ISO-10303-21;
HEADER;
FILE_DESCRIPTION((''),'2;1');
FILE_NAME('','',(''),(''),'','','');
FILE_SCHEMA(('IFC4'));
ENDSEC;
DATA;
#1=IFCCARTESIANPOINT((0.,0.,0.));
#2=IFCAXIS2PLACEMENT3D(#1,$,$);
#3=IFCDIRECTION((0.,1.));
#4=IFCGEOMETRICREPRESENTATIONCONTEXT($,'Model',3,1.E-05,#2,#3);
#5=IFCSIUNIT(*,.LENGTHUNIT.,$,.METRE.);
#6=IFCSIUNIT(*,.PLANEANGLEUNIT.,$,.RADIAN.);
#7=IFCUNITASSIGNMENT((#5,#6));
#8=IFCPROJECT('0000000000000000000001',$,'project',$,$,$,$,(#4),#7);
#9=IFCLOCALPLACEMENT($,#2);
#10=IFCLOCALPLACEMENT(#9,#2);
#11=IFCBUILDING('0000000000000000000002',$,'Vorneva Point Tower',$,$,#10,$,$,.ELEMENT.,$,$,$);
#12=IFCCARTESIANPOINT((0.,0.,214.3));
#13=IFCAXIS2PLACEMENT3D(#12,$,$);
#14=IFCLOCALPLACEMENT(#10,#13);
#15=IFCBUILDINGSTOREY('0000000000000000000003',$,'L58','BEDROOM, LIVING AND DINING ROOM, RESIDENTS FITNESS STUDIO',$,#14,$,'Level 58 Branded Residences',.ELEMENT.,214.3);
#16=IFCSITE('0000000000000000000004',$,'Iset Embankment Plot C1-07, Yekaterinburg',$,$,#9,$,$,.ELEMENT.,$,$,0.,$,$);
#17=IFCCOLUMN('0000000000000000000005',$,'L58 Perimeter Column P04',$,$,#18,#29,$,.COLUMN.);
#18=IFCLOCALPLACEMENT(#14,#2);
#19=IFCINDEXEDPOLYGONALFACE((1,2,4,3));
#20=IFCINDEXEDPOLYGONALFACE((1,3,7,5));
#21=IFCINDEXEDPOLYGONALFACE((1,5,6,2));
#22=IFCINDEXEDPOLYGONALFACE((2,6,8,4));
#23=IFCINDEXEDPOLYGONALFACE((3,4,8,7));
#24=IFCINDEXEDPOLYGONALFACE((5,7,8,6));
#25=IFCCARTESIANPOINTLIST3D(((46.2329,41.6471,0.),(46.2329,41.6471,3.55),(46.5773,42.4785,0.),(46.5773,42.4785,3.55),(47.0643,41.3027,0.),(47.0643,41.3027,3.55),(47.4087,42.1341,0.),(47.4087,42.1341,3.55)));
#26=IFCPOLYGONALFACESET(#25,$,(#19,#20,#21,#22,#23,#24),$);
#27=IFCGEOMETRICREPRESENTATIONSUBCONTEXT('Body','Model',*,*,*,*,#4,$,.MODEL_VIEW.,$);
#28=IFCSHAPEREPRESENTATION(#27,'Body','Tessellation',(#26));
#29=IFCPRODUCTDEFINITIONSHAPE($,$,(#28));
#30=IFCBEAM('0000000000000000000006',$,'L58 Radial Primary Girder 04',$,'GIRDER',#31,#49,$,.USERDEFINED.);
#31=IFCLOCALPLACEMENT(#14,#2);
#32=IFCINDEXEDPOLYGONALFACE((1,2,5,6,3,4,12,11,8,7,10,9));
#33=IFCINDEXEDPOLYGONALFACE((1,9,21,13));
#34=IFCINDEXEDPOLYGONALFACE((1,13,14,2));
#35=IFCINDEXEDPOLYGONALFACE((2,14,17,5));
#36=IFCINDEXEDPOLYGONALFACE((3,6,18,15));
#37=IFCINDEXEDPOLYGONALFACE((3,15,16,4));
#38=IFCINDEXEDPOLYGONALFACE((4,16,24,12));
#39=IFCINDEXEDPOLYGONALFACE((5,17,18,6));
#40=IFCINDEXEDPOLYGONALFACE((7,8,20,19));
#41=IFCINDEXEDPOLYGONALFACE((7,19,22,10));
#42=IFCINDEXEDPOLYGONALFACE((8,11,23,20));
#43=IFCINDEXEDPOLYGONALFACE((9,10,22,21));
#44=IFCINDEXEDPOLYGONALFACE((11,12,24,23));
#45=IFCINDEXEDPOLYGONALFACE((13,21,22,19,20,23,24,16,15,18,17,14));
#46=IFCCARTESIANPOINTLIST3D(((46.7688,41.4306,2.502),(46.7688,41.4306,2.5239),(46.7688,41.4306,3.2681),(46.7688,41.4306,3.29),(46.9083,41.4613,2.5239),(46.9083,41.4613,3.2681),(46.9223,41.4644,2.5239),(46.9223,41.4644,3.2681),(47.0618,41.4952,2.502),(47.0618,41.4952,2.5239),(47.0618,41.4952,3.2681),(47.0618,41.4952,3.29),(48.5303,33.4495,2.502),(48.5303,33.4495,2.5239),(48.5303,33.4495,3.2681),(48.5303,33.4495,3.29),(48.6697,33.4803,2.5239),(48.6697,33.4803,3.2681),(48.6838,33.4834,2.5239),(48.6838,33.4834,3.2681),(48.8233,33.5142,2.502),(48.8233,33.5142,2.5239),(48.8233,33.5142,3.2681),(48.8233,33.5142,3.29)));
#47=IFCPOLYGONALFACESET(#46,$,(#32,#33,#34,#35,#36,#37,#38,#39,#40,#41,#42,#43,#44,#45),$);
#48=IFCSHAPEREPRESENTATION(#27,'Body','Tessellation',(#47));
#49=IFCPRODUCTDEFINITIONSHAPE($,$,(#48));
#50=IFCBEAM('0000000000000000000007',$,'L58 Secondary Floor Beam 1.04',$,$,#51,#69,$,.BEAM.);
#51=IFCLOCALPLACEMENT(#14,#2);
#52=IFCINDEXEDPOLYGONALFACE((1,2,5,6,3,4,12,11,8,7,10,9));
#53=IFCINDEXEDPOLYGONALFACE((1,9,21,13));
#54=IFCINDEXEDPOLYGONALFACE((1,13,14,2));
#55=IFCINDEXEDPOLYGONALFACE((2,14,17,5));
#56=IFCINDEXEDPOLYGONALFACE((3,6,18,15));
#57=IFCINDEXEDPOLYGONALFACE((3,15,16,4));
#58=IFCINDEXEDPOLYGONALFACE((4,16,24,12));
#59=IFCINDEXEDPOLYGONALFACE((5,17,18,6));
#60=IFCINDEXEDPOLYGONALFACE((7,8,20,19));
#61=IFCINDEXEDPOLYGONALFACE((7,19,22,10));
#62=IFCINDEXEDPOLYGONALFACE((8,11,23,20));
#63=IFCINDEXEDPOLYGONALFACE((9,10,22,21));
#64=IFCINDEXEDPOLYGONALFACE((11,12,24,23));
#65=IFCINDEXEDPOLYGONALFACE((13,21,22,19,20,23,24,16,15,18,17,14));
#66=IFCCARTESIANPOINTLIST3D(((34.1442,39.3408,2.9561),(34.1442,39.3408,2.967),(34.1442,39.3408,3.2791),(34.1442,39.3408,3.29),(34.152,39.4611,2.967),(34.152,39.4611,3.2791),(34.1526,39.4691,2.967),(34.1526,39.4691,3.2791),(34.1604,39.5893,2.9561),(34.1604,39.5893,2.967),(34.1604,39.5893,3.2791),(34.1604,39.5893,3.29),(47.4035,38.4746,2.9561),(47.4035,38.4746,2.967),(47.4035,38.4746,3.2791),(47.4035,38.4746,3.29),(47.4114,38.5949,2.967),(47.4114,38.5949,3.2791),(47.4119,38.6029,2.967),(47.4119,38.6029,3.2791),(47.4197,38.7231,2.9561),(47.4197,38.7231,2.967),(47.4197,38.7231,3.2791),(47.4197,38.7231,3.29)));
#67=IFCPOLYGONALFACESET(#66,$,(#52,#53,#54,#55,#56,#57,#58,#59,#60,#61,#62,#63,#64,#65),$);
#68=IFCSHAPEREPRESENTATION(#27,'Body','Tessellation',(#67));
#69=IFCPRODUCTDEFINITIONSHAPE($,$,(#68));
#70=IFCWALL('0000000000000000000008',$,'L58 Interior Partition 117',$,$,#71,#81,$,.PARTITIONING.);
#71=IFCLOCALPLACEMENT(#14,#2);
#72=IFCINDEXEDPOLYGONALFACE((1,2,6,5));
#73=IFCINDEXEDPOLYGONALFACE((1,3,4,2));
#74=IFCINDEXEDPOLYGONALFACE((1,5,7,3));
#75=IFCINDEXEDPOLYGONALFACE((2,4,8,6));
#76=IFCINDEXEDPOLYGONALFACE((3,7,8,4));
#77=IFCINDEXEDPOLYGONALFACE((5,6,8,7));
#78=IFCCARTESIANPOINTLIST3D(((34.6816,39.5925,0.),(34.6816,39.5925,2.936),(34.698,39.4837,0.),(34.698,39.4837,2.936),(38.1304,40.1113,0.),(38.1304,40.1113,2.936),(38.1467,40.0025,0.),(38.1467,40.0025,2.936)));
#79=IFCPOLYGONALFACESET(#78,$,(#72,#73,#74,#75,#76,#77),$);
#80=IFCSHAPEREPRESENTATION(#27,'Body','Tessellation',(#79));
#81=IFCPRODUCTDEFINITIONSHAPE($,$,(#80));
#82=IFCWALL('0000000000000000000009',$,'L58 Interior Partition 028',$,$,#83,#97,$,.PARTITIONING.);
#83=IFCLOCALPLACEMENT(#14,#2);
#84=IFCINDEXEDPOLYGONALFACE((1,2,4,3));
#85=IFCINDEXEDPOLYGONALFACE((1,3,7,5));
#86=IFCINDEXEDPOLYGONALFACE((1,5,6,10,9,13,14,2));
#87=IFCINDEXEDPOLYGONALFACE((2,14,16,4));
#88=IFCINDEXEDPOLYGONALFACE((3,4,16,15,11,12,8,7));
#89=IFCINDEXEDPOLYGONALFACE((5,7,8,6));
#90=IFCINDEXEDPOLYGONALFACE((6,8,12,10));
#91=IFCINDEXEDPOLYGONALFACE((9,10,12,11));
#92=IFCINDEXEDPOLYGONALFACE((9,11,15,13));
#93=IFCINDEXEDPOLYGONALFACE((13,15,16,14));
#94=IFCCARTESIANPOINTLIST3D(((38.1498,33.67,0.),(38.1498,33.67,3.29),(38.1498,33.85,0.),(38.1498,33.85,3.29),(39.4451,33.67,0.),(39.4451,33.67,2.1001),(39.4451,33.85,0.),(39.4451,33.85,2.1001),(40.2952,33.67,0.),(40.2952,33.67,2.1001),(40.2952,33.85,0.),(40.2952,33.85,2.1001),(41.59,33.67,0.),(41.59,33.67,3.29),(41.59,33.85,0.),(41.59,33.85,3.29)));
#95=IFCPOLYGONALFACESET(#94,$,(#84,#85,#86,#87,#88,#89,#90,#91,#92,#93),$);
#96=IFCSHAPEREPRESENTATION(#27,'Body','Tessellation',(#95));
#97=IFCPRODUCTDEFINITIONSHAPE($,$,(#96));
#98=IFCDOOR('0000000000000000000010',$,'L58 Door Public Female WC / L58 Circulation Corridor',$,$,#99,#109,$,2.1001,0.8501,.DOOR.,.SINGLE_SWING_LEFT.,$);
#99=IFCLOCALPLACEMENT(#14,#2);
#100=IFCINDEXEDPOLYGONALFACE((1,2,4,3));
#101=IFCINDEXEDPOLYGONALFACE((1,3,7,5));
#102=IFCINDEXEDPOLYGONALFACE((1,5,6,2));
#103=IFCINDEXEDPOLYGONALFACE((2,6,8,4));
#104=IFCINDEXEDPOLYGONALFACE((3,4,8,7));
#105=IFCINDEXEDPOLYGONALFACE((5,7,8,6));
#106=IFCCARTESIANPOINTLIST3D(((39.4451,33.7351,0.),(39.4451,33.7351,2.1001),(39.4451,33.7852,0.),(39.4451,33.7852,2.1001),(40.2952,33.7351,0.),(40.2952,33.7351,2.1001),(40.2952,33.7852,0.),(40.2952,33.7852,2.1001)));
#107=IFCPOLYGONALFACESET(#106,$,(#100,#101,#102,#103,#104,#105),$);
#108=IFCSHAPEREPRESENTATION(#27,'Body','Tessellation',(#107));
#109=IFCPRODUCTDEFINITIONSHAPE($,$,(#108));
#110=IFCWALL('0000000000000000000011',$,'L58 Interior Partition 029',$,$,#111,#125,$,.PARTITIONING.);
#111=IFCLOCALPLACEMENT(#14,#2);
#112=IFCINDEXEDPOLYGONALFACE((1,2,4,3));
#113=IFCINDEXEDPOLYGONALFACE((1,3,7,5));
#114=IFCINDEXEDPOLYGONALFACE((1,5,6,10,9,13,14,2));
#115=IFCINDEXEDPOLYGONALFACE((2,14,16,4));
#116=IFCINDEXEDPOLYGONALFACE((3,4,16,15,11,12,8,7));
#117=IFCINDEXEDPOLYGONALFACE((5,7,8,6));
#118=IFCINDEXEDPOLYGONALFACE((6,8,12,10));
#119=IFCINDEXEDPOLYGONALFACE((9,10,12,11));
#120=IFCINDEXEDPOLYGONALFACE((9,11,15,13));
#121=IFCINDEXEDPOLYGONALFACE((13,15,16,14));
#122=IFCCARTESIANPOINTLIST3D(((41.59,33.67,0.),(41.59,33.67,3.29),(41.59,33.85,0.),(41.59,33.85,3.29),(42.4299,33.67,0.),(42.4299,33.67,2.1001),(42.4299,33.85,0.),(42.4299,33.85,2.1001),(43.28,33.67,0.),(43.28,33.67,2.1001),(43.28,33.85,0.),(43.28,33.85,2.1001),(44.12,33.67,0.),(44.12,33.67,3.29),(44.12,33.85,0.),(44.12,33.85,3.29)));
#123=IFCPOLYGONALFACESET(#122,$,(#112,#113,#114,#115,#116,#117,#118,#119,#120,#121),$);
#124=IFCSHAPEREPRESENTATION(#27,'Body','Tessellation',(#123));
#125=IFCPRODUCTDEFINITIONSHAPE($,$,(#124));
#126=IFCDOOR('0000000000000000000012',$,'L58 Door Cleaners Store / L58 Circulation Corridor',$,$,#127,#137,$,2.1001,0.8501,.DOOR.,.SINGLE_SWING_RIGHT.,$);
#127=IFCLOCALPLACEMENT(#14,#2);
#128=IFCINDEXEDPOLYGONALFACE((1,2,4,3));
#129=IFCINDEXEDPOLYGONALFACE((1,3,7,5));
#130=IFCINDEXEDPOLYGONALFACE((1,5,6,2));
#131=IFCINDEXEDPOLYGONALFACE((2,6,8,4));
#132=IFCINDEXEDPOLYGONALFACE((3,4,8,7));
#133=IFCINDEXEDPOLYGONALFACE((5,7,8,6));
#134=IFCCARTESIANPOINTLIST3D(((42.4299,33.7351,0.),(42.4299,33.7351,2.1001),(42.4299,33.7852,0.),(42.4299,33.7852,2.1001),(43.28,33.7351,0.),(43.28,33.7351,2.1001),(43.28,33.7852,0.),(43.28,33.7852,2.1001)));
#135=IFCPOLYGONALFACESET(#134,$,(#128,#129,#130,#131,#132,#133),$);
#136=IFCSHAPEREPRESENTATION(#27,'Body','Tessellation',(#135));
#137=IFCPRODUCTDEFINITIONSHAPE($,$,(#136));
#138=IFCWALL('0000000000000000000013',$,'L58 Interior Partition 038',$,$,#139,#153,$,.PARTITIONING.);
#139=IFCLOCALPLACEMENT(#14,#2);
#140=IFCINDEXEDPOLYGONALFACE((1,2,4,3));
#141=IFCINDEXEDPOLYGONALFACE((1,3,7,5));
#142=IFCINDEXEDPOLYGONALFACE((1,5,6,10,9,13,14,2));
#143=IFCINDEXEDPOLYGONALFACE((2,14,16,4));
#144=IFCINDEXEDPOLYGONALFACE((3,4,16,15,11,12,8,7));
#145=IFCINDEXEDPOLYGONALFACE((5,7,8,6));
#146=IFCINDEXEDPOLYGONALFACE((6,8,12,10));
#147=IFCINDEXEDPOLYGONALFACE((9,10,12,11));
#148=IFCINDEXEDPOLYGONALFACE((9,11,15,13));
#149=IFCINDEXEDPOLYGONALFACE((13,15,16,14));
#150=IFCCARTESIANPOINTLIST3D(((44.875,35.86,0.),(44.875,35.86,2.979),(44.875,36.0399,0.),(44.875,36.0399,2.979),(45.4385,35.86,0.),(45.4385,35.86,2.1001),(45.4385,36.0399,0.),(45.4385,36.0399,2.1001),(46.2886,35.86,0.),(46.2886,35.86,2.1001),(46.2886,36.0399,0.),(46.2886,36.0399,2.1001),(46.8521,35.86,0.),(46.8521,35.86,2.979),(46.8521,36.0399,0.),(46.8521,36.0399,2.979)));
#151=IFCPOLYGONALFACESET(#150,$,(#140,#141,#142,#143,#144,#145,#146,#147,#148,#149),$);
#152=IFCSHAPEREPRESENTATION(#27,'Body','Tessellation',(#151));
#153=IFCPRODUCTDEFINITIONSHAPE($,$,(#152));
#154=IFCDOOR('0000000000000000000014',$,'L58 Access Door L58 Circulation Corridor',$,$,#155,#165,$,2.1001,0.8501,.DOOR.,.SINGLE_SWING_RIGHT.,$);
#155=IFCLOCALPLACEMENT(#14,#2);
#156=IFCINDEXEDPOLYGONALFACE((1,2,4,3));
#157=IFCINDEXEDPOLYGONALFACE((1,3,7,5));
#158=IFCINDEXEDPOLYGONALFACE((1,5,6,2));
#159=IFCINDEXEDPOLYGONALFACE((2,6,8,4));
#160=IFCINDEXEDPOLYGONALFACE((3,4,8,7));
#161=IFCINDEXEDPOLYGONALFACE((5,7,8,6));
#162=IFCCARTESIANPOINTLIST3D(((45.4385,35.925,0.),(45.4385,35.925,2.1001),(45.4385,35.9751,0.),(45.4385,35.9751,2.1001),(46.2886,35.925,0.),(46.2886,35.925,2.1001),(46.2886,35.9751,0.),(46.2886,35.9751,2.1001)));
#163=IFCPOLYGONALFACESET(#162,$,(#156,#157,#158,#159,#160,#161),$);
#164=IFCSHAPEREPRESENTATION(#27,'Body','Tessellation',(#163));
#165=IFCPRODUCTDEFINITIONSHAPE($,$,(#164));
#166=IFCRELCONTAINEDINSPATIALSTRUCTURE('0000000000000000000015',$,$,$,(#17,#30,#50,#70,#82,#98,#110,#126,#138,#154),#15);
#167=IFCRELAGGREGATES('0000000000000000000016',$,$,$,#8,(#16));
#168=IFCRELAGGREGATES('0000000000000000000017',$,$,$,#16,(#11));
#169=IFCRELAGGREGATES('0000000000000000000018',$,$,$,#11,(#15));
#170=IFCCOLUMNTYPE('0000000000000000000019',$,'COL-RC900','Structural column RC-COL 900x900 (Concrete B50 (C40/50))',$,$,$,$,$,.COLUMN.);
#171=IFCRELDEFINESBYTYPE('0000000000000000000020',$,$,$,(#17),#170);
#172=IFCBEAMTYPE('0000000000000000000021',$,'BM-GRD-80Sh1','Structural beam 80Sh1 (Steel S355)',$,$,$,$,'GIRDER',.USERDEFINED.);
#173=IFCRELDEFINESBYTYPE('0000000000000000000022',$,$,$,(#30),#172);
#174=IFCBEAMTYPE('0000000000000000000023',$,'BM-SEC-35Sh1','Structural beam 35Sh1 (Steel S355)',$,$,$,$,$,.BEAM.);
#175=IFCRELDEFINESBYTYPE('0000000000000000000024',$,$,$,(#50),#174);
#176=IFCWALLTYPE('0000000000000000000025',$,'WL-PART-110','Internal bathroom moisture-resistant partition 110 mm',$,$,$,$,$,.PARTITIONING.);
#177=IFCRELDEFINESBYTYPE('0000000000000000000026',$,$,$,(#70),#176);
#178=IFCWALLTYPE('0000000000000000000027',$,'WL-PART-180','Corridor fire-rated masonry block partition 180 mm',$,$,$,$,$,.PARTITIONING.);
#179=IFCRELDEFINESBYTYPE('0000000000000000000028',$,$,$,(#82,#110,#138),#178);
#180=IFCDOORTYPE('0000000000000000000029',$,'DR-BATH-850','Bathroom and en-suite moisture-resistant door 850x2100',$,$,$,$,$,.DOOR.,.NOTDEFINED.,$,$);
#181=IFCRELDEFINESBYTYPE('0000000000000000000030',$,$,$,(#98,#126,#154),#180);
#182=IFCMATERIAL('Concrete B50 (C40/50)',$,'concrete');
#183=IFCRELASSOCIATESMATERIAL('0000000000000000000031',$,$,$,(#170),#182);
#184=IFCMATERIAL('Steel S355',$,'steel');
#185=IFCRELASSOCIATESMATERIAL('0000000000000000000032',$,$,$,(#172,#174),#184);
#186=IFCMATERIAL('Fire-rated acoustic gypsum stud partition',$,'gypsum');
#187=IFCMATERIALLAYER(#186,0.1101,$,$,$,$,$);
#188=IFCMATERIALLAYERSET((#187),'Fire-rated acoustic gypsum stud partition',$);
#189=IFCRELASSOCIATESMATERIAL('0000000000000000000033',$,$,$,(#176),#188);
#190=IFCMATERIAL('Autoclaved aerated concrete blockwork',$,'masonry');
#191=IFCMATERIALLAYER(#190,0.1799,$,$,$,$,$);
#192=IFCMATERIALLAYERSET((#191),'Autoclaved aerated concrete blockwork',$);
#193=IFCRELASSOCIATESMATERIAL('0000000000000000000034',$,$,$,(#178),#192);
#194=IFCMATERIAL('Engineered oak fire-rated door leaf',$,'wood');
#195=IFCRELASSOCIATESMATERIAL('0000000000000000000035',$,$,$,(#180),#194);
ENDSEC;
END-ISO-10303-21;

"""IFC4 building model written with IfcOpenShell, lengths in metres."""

from ifc_helpers import new_model, si_unit, direction, frame, frame_2d, origin, origin_2d, place, context, subcontext, project, spatial, rectangle, i_section, extrude, material, layer, layer_set, material_profile, profile_set, type_object, element, fill, save


model = new_model("IFC4")

# Units and contexts
model_context = context("Model", 3, precision=1e-05, world=origin(), true_north=direction((0.0, 1.0)))
body_context = subcontext(model_context, "Body", "Model", "MODEL_VIEW")
ifc_project = project(units=[si_unit("LENGTHUNIT", "METRE"), si_unit("PLANEANGLEUNIT", "RADIAN")], contexts=[model_context])

# Site, building, storey
site_placement = place(None, origin())
site = spatial("IfcSite", under=ifc_project, at=site_placement, Name="Iset Embankment Plot C1-07, Yekaterinburg", CompositionType="ELEMENT", RefElevation=0.0)
building_placement = place(site_placement, origin())
building = spatial("IfcBuilding", under=site, at=building_placement, Name="Vorneva Point Tower", CompositionType="ELEMENT")
storey_placement = place(building_placement, frame((0.0, 0.0, 214.3)))
storey = spatial("IfcBuildingStorey", under=building, at=storey_placement, Name="L58", Description="BEDROOM, LIVING AND DINING ROOM, RESIDENTS FITNESS STUDIO", LongName="Level 58 Branded Residences", CompositionType="ELEMENT", Elevation=214.3)

# Column
ifc_material_1 = material(Name="Concrete B50 (C40/50)", Category="concrete")
ifc_material_profile_1 = material_profile(ifc_material_1, rectangle(XDim=0.8999, YDim=0.8999, at=origin_2d()), Name="RC-COL 900x900")
ifc_profile_set_1 = profile_set([ifc_material_profile_1], Name="Concrete B50 (C40/50)")
column_type = type_object("IfcColumnType", Name="COL-RC900", Description="Structural column RC-COL 900x900 (Concrete B50 (C40/50))", PredefinedType="COLUMN", material=ifc_profile_set_1)
column_placement = place(storey_placement, frame((46.8208, 41.8906, 0.0), z_axis=(0.0, 0.0, 1.0), x_axis=(0.382683, 0.92388, 0.0)))
element("IfcColumn", 1, at=column_placement, inside=storey, type_object=column_type, Name="L58 Perimeter Column P04", PredefinedType="COLUMN", context=body_context, shape_type="SweptSolid", body=[
    extrude(rectangle(XDim=0.8999, YDim=0.8999, at=origin_2d()), origin(), (0.0, 0.0, 1.0), 3.55),
])

# Beams
ifc_material_2 = material(Name="Steel S355", Category="steel")
ifc_material_profile_2 = material_profile(ifc_material_2, i_section(OverallWidth=0.3, OverallDepth=0.7881, WebThickness=0.0144, FlangeThickness=0.022, at=origin_2d()), Name="80Sh1")
ifc_profile_set_2 = profile_set([ifc_material_profile_2], Name="Steel S355")
beam_type_1 = type_object("IfcBeamType", Name="BM-GRD-80Sh1", Description="Structural beam 80Sh1 (Steel S355)", ElementType="GIRDER", PredefinedType="USERDEFINED", material=ifc_profile_set_2)
beam_1_placement = place(storey_placement, frame((46.9153, 41.4629, 2.896), z_axis=(0.215523, -0.976499, 0.0), x_axis=(0.976499, 0.215523, 0.0)))
element("IfcBeam", 2, at=beam_1_placement, inside=storey, type_object=beam_type_1, Name="L58 Radial Primary Girder 04", ObjectType="GIRDER", PredefinedType="USERDEFINED", context=body_context, shape_type="SweptSolid", body=[
    extrude(i_section(OverallWidth=0.3, OverallDepth=0.7881, WebThickness=0.0144, FlangeThickness=0.022, at=origin_2d()), origin(), (0.0, 0.0, 1.0), 8.1731),
])
ifc_material_profile_3 = material_profile(ifc_material_2, i_section(OverallWidth=0.249, OverallDepth=0.334, WebThickness=0.0081, FlangeThickness=0.011, at=origin_2d()), Name="35Sh1")
ifc_profile_set_3 = profile_set([ifc_material_profile_3], Name="Steel S355")
beam_type_2 = type_object("IfcBeamType", Name="BM-SEC-35Sh1", Description="Structural beam 35Sh1 (Steel S355)", PredefinedType="BEAM", material=ifc_profile_set_3)
beam_2_placement = place(storey_placement, frame((47.4116, 38.5989, 3.123), z_axis=(-0.997873, 0.06519, 0.0), x_axis=(-0.06519, -0.997873, 0.0)))
element("IfcBeam", 3, at=beam_2_placement, inside=storey, type_object=beam_type_2, Name="L58 Secondary Floor Beam 1.04", PredefinedType="BEAM", context=body_context, shape_type="SweptSolid", body=[
    extrude(i_section(OverallWidth=0.249, OverallDepth=0.334, WebThickness=0.0081, FlangeThickness=0.011, at=origin_2d()), origin(), (0.0, 0.0, 1.0), 13.2876),
])

# Wall
ifc_material_3 = material(Name="Fire-rated acoustic gypsum stud partition", Category="gypsum")
ifc_layer_1 = layer(ifc_material_3, 0.1101)
ifc_layer_set_1 = layer_set([ifc_layer_1], Name="Fire-rated acoustic gypsum stud partition")
wall_type_1 = type_object("IfcWallType", Name="WL-PART-110", Description="Internal bathroom moisture-resistant partition 110 mm", PredefinedType="PARTITIONING", material=ifc_layer_set_1)
wall_1_placement = place(storey_placement, frame((38.1384, 40.0569, 0.0), z_axis=(0.0, 0.0, 1.0), x_axis=(-0.988874, -0.148758, 0.0)))
element("IfcWall", 4, at=wall_1_placement, inside=storey, type_object=wall_type_1, Name="L58 Interior Partition 117", PredefinedType="PARTITIONING", context=body_context, shape_type="SweptSolid", body=[
    extrude(rectangle(XDim=3.4875, YDim=0.1101, at=frame_2d((1.7437, 0.0))), origin(), (0.0, 0.0, 1.0), 2.936),
])

# Walls, openings, doors
ifc_material_4 = material(Name="Autoclaved aerated concrete blockwork", Category="masonry")
ifc_layer_2 = layer(ifc_material_4, 0.1799)
ifc_layer_set_2 = layer_set([ifc_layer_2], Name="Autoclaved aerated concrete blockwork")
wall_type_2 = type_object("IfcWallType", Name="WL-PART-180", Description="Corridor fire-rated masonry block partition 180 mm", PredefinedType="PARTITIONING", material=ifc_layer_set_2)
wall_2_placement = place(storey_placement, frame((41.5901, 33.76, 0.0), z_axis=(0.0, 0.0, 1.0), x_axis=(-1.0, 0.0, 0.0)))
wall_2 = element("IfcWall", 5, at=wall_2_placement, inside=storey, type_object=wall_type_2, Name="L58 Interior Partition 028", PredefinedType="PARTITIONING", context=body_context, shape_type="SweptSolid", body=[
    extrude(rectangle(XDim=3.4402, YDim=0.1799, at=frame_2d((1.7202, 0.0))), origin(), (0.0, 0.0, 1.0), 3.29),
])
opening_1_placement = place(wall_2_placement, frame((1.2949, 0.0, 0.0)))
opening_1 = element("IfcOpeningElement", 6, at=opening_1_placement, cuts=wall_2, PredefinedType="OPENING", context=body_context, shape_type="SweptSolid", body=[
    extrude(rectangle(XDim=0.8501, YDim=2.1001, at=frame_2d((0.425, 1.05))), frame((0.0, 0.105, 0.0), z_axis=(0.0, -1.0, 0.0), x_axis=(1.0, 0.0, 0.0)), (0.0, 0.0, 1.0), 0.2097),
])
ifc_material_5 = material(Name="Engineered oak fire-rated door leaf", Category="wood")
door_type_1 = type_object("IfcDoorType", Name="DR-BATH-850", Description="Bathroom and en-suite moisture-resistant door 850x2100", OperationType="NOTDEFINED", PredefinedType="DOOR", material=ifc_material_5)
door_1_placement = place(opening_1_placement, origin())
door_1 = element("IfcDoor", 7, at=door_1_placement, inside=storey, type_object=door_type_1, Name="L58 Door Public Female WC / L58 Circulation Corridor", OperationType="SINGLE_SWING_LEFT", OverallHeight=2.1001, OverallWidth=0.8501, PredefinedType="DOOR", context=body_context, shape_type="SweptSolid", body=[
    extrude(rectangle(XDim=0.8501, YDim=2.1001, at=frame_2d((0.425, 1.05))), frame((0.0, 0.0249, 0.0), z_axis=(0.0, -1.0, 0.0), x_axis=(1.0, 0.0, 0.0)), (0.0, 0.0, 1.0), 0.05),
])
fill(opening_1, door_1)
wall_3_placement = place(storey_placement, frame((44.1201, 33.76, 0.0), z_axis=(0.0, 0.0, 1.0), x_axis=(-1.0, 0.0, 0.0)))
wall_3 = element("IfcWall", 8, at=wall_3_placement, inside=storey, type_object=wall_type_2, Name="L58 Interior Partition 029", PredefinedType="PARTITIONING", context=body_context, shape_type="SweptSolid", body=[
    extrude(rectangle(XDim=2.53, YDim=0.1799, at=frame_2d((1.2651, 0.0))), origin(), (0.0, 0.0, 1.0), 3.29),
])
opening_2_placement = place(wall_3_placement, frame((0.8401, 0.0, 0.0)))
opening_2 = element("IfcOpeningElement", 9, at=opening_2_placement, cuts=wall_3, PredefinedType="OPENING", context=body_context, shape_type="SweptSolid", body=[
    extrude(rectangle(XDim=0.8501, YDim=2.1001, at=frame_2d((0.425, 1.05))), frame((0.0, 0.105, 0.0), z_axis=(0.0, -1.0, 0.0), x_axis=(1.0, 0.0, 0.0)), (0.0, 0.0, 1.0), 0.2097),
])
door_2_placement = place(opening_2_placement, origin())
door_2 = element("IfcDoor", 10, at=door_2_placement, inside=storey, type_object=door_type_1, Name="L58 Door Cleaners Store / L58 Circulation Corridor", OperationType="SINGLE_SWING_RIGHT", OverallHeight=2.1001, OverallWidth=0.8501, PredefinedType="DOOR", context=body_context, shape_type="SweptSolid", body=[
    extrude(rectangle(XDim=0.8501, YDim=2.1001, at=frame_2d((0.425, 1.05))), frame((0.0, 0.0249, 0.0), z_axis=(0.0, -1.0, 0.0), x_axis=(1.0, 0.0, 0.0)), (0.0, 0.0, 1.0), 0.05),
])
fill(opening_2, door_2)
wall_4_placement = place(storey_placement, frame((46.8521, 35.95, 0.0), z_axis=(0.0, 0.0, 1.0), x_axis=(-1.0, 0.0, 0.0)))
wall_4 = element("IfcWall", 11, at=wall_4_placement, inside=storey, type_object=wall_type_2, Name="L58 Interior Partition 038", PredefinedType="PARTITIONING", context=body_context, shape_type="SweptSolid", body=[
    extrude(rectangle(XDim=1.9771, YDim=0.1799, at=frame_2d((0.9885, 0.0))), origin(), (0.0, 0.0, 1.0), 2.979),
])
opening_3_placement = place(wall_4_placement, frame((0.5635, 0.0, 0.0)))
opening_3 = element("IfcOpeningElement", 12, at=opening_3_placement, cuts=wall_4, PredefinedType="OPENING", context=body_context, shape_type="SweptSolid", body=[
    extrude(rectangle(XDim=0.8501, YDim=2.1001, at=frame_2d((0.425, 1.05))), frame((0.0, 0.105, 0.0), z_axis=(0.0, -1.0, 0.0), x_axis=(1.0, 0.0, 0.0)), (0.0, 0.0, 1.0), 0.2097),
])
door_3_placement = place(opening_3_placement, origin())
door_3 = element("IfcDoor", 13, at=door_3_placement, inside=storey, type_object=door_type_1, Name="L58 Access Door L58 Circulation Corridor", OperationType="SINGLE_SWING_RIGHT", OverallHeight=2.1001, OverallWidth=0.8501, PredefinedType="DOOR", context=body_context, shape_type="SweptSolid", body=[
    extrude(rectangle(XDim=0.8501, YDim=2.1001, at=frame_2d((0.425, 1.05))), frame((0.0, 0.0249, 0.0), z_axis=(0.0, -1.0, 0.0), x_axis=(1.0, 0.0, 0.0)), (0.0, 0.0, 1.0), 0.05),
])
fill(opening_3, door_3)

save(model, "model.ifc")
